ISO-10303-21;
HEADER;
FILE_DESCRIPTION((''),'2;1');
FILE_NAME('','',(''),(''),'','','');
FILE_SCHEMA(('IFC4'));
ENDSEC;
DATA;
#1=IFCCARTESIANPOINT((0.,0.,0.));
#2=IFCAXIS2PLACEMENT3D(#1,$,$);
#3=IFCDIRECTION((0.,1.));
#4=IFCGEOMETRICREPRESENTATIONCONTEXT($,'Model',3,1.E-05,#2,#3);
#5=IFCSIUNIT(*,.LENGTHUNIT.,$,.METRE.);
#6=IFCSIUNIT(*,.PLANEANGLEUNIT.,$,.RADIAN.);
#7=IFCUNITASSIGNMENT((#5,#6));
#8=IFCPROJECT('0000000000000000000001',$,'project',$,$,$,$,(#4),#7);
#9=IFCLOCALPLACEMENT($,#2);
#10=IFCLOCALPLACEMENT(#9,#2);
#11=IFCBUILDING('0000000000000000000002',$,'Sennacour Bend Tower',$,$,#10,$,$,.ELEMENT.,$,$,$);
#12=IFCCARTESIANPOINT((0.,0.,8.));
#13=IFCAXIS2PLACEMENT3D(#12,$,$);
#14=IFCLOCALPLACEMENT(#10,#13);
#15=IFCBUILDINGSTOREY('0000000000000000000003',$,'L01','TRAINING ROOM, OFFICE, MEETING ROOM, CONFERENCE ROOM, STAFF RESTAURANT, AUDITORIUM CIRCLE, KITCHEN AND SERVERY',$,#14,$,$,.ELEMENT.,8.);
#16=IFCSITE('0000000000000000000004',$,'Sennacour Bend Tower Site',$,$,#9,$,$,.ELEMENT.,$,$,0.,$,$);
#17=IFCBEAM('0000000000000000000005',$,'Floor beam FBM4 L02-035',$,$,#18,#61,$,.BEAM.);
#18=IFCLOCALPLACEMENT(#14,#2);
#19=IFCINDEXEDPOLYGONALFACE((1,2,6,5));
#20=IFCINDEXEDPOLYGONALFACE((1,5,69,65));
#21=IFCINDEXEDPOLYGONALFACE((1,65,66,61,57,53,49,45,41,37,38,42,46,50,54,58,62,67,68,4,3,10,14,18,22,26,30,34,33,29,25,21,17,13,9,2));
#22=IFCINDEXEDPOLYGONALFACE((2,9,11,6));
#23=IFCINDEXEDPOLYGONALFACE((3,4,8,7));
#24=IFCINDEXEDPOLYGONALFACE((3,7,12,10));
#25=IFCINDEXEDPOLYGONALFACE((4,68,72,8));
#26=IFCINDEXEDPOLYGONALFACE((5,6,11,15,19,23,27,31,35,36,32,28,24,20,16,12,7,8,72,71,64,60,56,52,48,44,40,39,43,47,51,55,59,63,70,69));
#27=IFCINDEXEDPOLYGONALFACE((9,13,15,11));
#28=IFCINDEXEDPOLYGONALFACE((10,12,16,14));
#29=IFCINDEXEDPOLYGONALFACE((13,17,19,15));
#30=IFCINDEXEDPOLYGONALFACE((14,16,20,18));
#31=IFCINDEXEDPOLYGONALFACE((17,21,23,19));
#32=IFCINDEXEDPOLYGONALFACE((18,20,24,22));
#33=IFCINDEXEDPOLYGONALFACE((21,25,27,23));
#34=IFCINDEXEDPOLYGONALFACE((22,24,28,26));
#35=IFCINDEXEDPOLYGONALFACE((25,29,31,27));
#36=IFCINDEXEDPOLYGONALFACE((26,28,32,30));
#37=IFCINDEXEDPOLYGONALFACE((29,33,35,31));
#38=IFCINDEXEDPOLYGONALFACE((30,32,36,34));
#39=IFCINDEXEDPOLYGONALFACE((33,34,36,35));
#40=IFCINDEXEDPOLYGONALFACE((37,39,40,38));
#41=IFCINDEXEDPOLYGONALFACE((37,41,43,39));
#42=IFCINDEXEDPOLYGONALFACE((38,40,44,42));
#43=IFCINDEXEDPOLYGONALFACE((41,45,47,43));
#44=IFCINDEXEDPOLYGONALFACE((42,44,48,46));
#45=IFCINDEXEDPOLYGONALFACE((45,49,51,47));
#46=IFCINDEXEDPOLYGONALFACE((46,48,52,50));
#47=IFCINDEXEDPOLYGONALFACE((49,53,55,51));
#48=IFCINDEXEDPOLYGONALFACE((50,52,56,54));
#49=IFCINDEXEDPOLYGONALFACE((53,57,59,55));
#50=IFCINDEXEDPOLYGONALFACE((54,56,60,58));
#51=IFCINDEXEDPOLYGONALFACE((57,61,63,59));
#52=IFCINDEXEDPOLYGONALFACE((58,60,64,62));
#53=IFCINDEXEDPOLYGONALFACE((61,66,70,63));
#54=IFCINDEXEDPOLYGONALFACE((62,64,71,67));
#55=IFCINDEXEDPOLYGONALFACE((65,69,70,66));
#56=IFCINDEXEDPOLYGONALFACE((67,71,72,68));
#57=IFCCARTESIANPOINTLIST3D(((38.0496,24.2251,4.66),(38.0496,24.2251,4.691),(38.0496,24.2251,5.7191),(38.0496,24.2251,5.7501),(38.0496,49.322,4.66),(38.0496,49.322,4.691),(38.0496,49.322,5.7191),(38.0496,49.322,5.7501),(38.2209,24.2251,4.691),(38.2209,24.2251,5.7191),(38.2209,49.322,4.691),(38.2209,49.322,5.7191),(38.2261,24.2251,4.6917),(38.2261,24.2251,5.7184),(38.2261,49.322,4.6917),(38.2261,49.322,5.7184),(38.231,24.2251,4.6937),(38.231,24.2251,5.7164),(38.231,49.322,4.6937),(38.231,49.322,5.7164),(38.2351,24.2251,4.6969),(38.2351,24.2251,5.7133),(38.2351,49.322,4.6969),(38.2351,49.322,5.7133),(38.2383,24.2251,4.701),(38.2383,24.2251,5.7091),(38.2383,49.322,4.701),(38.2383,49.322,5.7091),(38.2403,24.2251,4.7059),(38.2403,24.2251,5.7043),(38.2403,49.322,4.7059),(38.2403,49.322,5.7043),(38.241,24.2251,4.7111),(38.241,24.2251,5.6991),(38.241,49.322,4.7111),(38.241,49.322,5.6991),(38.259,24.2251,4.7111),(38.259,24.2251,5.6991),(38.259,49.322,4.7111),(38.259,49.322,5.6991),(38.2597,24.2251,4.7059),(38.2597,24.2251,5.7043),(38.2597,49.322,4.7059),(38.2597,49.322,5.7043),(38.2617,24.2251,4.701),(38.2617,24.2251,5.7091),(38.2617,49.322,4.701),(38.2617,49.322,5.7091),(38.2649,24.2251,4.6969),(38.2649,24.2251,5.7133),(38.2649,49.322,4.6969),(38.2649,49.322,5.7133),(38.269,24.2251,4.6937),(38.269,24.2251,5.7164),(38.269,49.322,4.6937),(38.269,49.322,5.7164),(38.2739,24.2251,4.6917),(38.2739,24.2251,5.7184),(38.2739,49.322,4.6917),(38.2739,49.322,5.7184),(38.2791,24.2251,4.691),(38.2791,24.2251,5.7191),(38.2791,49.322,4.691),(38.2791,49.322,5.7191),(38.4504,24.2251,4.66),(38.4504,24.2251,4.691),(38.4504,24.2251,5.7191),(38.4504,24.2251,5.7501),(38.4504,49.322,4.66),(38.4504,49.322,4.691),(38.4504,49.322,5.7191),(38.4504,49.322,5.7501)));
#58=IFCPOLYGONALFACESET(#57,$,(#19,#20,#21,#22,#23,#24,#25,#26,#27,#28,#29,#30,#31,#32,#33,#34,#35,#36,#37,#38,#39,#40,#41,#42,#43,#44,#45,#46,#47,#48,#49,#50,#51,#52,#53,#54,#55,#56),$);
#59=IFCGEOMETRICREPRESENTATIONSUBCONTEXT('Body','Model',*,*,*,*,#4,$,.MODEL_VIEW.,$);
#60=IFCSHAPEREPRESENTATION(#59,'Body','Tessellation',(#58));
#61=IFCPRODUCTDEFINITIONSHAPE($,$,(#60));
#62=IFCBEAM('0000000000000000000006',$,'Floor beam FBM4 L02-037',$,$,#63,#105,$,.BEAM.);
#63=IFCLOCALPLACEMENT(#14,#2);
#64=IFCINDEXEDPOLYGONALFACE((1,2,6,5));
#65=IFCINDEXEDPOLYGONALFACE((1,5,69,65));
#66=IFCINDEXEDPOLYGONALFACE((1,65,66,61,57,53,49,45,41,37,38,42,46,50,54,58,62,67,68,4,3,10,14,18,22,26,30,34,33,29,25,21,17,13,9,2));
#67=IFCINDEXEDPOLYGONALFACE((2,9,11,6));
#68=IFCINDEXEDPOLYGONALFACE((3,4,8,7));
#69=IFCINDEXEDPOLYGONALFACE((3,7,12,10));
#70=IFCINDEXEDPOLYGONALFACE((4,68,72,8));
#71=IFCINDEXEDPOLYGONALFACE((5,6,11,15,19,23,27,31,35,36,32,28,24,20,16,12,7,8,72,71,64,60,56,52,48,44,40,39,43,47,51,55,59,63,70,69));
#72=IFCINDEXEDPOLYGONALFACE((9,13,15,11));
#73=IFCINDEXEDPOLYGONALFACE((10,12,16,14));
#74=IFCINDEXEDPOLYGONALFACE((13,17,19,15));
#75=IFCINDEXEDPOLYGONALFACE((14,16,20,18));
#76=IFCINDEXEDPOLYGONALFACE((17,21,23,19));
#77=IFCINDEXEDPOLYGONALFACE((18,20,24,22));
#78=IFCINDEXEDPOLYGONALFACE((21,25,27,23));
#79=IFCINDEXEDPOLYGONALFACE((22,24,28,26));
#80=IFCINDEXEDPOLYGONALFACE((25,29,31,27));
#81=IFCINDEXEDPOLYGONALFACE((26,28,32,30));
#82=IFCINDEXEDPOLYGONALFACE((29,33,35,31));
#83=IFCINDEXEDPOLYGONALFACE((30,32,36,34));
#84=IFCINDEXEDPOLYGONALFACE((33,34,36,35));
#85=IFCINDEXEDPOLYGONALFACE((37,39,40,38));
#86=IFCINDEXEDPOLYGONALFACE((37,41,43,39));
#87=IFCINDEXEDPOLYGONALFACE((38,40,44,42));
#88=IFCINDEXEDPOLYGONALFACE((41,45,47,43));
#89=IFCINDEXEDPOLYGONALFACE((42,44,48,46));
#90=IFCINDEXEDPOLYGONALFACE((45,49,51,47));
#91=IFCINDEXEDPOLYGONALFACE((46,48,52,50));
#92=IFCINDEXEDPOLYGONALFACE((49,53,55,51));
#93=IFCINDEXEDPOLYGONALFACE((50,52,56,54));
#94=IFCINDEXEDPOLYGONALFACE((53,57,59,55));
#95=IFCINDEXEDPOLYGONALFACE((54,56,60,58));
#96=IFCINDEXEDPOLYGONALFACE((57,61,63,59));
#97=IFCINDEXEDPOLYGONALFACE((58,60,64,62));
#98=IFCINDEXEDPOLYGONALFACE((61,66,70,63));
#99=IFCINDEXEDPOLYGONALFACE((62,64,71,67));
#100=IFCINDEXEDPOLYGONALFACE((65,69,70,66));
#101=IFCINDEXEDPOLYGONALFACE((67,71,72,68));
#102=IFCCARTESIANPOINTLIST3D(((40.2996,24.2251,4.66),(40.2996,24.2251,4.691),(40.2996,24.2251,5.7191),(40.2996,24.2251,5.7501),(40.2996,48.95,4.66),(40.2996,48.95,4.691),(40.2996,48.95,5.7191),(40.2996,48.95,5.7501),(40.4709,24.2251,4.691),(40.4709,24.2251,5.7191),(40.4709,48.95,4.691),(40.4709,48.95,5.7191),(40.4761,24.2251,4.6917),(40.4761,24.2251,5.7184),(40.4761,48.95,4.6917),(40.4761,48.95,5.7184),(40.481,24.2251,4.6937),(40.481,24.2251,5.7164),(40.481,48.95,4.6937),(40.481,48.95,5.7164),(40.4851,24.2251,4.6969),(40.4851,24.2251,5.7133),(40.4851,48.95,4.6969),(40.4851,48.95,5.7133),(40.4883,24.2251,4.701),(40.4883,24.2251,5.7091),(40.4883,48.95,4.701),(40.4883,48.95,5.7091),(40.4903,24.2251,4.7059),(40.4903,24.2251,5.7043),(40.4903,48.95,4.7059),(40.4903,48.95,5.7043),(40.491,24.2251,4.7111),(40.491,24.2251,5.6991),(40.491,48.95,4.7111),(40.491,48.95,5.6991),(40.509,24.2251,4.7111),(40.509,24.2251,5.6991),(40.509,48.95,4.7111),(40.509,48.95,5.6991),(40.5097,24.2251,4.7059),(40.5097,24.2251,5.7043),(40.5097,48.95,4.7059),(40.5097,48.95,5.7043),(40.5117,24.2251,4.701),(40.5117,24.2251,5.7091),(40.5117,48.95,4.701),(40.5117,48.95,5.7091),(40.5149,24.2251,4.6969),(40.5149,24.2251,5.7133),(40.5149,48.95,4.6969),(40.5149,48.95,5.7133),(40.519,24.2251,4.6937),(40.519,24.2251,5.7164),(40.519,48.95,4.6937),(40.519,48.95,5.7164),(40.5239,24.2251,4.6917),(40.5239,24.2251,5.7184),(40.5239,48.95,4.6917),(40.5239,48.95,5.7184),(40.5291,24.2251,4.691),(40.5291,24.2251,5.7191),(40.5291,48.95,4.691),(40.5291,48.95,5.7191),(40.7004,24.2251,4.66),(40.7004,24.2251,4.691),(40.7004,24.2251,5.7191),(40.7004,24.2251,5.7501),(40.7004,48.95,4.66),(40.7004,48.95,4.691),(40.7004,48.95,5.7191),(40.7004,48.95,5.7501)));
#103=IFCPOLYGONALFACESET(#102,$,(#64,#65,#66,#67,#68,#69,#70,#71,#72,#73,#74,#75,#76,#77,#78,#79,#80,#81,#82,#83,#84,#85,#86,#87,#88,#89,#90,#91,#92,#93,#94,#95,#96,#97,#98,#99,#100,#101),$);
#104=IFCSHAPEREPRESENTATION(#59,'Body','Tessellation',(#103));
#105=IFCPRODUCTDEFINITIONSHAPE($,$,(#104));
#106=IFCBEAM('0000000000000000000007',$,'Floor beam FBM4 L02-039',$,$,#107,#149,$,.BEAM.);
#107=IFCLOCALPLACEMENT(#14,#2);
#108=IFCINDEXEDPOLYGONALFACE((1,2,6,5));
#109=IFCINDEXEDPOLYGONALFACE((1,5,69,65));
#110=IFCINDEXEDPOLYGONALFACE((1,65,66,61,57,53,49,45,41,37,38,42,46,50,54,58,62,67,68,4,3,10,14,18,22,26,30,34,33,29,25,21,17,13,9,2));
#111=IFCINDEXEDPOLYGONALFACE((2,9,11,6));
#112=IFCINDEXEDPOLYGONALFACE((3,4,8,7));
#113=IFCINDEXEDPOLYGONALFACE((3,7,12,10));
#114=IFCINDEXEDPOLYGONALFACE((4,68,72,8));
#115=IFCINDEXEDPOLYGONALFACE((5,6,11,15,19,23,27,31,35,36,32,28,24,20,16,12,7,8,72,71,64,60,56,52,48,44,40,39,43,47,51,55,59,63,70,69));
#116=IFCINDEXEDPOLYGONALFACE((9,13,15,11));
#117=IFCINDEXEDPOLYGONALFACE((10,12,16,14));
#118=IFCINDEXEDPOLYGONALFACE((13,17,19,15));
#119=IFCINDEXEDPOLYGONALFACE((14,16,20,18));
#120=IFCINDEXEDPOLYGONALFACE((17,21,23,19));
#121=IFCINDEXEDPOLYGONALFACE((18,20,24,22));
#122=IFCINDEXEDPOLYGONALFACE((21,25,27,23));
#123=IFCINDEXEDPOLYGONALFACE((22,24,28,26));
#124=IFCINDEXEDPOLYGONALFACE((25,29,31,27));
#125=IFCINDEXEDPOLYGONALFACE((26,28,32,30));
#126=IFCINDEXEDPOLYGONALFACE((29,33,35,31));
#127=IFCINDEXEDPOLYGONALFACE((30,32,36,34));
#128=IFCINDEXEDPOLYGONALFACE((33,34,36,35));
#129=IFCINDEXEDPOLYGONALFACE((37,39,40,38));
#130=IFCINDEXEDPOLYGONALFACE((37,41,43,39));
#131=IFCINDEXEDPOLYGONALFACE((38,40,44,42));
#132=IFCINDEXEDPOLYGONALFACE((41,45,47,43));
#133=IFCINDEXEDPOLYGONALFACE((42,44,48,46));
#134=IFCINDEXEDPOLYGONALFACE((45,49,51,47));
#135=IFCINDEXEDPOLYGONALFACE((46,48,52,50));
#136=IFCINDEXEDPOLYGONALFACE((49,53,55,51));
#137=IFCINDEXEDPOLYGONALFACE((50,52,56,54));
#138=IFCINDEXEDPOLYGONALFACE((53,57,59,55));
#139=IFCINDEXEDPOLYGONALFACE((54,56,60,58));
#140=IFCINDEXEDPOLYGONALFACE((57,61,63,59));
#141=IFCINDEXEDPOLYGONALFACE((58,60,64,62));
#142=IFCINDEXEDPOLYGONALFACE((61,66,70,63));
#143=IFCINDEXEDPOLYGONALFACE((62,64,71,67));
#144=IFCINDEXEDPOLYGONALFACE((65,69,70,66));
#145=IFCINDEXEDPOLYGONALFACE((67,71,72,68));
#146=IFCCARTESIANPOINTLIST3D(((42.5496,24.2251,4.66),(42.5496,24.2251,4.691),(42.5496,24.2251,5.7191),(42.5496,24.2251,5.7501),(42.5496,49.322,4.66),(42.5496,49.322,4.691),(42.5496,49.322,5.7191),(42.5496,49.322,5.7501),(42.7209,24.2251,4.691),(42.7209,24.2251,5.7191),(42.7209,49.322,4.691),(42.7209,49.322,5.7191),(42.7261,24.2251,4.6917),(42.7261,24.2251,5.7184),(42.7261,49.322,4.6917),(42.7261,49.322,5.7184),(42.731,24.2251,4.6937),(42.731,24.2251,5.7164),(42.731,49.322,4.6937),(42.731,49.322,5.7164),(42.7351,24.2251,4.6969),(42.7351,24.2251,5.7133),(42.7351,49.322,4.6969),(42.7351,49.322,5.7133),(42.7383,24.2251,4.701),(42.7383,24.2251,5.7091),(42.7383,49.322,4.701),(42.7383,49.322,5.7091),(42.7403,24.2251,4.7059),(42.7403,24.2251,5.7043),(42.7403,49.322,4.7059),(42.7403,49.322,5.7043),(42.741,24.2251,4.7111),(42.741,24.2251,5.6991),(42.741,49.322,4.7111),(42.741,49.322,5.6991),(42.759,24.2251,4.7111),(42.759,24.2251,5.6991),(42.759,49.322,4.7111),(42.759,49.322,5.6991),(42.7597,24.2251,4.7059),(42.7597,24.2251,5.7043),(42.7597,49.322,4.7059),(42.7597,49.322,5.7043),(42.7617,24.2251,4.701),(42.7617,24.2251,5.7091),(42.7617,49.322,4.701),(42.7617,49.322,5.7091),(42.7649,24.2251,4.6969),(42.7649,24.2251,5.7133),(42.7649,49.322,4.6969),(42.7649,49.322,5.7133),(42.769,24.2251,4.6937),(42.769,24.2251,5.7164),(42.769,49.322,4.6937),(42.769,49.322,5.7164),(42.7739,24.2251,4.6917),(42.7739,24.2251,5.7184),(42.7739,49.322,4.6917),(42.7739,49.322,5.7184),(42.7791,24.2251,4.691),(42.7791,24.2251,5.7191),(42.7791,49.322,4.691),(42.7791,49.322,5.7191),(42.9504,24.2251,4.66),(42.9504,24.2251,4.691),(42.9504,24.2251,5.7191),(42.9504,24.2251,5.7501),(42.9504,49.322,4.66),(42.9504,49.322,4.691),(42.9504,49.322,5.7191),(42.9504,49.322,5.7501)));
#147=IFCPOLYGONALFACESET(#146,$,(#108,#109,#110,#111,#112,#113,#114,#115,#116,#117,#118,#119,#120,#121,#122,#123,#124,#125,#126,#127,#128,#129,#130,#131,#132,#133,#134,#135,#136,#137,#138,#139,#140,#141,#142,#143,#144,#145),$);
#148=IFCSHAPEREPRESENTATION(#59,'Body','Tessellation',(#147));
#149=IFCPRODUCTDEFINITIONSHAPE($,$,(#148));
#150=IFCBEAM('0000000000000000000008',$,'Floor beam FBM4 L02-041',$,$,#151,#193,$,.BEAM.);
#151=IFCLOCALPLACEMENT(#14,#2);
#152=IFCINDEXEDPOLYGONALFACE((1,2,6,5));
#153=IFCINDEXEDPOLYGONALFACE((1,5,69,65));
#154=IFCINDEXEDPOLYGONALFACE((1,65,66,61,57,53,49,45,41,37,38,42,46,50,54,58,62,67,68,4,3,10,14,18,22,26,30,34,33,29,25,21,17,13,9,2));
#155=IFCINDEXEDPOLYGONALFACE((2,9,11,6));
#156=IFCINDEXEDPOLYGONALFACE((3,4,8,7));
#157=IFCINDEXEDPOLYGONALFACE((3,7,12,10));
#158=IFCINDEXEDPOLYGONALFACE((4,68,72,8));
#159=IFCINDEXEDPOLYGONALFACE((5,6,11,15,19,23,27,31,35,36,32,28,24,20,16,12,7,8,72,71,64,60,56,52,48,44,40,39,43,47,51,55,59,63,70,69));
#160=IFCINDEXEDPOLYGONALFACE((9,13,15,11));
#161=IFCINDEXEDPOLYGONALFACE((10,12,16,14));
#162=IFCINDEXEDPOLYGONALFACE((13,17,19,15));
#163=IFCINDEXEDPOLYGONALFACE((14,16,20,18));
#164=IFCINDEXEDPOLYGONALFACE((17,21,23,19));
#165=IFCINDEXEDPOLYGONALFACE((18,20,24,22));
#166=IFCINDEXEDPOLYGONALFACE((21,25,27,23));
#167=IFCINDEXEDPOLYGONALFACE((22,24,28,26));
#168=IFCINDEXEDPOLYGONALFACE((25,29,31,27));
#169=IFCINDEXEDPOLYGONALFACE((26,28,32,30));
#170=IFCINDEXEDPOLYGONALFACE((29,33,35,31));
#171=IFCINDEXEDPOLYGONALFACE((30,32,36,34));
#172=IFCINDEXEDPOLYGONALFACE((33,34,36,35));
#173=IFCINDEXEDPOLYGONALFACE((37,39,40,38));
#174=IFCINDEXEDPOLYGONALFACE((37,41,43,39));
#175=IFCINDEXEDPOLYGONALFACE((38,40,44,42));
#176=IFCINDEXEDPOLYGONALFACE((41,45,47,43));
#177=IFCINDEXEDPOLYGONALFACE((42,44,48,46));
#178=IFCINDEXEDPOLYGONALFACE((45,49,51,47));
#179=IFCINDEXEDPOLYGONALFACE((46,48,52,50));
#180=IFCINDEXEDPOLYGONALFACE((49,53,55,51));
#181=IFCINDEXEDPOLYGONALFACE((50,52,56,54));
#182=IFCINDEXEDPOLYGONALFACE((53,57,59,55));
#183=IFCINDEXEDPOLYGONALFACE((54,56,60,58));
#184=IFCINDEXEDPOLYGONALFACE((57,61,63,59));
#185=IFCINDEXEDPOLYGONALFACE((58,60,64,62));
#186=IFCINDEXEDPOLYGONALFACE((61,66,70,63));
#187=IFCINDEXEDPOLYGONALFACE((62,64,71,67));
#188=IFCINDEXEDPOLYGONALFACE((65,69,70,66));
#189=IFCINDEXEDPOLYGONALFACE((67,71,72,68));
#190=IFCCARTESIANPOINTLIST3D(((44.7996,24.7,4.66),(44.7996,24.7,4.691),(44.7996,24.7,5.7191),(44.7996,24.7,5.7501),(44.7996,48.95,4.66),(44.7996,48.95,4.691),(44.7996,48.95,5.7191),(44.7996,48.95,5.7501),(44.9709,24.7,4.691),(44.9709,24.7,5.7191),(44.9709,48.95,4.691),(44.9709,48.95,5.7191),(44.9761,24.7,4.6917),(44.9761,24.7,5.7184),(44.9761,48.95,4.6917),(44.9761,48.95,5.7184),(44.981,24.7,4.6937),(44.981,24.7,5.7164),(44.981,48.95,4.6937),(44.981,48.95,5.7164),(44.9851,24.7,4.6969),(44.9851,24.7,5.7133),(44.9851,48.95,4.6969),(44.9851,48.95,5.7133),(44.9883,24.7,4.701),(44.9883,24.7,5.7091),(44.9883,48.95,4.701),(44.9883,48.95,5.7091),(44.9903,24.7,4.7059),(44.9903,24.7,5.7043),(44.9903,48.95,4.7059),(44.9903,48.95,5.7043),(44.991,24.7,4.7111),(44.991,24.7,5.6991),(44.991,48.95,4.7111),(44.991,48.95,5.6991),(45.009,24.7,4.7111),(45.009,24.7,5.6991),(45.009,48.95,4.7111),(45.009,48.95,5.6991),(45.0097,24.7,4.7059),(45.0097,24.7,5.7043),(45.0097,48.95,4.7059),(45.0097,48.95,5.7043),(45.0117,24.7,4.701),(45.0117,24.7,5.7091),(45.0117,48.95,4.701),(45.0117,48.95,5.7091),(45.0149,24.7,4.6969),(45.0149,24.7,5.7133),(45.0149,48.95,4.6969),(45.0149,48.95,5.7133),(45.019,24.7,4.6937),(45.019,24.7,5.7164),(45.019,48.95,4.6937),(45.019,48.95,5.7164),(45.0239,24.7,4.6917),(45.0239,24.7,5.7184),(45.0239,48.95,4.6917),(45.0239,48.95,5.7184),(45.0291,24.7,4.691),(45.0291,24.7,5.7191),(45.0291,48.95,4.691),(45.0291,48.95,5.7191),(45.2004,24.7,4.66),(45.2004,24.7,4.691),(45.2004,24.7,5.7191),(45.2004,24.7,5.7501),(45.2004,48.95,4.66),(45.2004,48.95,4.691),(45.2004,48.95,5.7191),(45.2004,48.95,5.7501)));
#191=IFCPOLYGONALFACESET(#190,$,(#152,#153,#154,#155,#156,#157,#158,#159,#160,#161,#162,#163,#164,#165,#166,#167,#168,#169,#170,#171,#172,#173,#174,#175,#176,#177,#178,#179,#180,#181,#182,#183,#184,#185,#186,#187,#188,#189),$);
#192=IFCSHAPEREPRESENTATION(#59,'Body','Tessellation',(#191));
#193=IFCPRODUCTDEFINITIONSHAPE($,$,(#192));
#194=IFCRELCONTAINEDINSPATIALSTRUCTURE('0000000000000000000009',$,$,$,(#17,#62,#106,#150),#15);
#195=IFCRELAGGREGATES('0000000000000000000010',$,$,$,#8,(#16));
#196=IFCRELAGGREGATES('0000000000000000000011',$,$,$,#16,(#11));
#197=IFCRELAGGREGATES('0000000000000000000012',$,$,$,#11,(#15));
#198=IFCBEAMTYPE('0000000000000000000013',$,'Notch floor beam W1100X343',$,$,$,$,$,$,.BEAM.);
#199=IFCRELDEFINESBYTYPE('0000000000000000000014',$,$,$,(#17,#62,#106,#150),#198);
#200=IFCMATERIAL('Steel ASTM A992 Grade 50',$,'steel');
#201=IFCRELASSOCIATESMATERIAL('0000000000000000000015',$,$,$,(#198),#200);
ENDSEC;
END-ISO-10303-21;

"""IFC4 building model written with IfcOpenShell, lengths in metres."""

from ifc_helpers import new_model, si_unit, direction, frame, origin, origin_2d, place, context, subcontext, project, spatial, i_section, extrude, material, material_profile, profile_set, type_object, element, save


model = new_model("IFC4")

# Units and contexts
model_context = context("Model", 3, precision=1e-05, world=origin(), true_north=direction((0.0, 1.0)))
body_context = subcontext(model_context, "Body", "Model", "MODEL_VIEW")
ifc_project = project(units=[si_unit("LENGTHUNIT", "METRE"), si_unit("PLANEANGLEUNIT", "RADIAN")], contexts=[model_context])

# Site, building, storey
site_placement = place(None, origin())
site = spatial("IfcSite", under=ifc_project, at=site_placement, Name="Sennacour Bend Tower Site", CompositionType="ELEMENT", RefElevation=0.0)
building_placement = place(site_placement, origin())
building = spatial("IfcBuilding", under=site, at=building_placement, Name="Sennacour Bend Tower", CompositionType="ELEMENT")
storey_placement = place(building_placement, frame((0.0, 0.0, 8.0)))
storey = spatial("IfcBuildingStorey", under=building, at=storey_placement, Name="L01", Description="TRAINING ROOM, OFFICE, MEETING ROOM, CONFERENCE ROOM, STAFF RESTAURANT, AUDITORIUM CIRCLE, KITCHEN AND SERVERY", CompositionType="ELEMENT", Elevation=8.0)

# Beams
ifc_material_1 = material(Name="Steel ASTM A992 Grade 50", Category="steel")
ifc_material_profile_1 = material_profile(ifc_material_1, i_section(OverallWidth=0.4009, OverallDepth=1.0901, WebThickness=0.0181, FlangeThickness=0.031, FilletRadius=0.02, at=origin_2d()), Name="Steel ASTM A992 Grade 50", Category="steel")
ifc_profile_set_1 = profile_set([ifc_material_profile_1], Name="Steel ASTM A992 Grade 50")
beam_type_1 = type_object("IfcBeamType", Name="Notch floor beam W1100X343", PredefinedType="BEAM", material=ifc_profile_set_1)
beam_1_placement = place(storey_placement, frame((38.25, 24.2251, 5.2051), z_axis=(0.0, 1.0, 0.0), x_axis=(-1.0, 0.0, 0.0)))
element("IfcBeam", 1, at=beam_1_placement, inside=storey, type_object=beam_type_1, Name="Floor beam FBM4 L02-035", PredefinedType="BEAM", context=body_context, shape_type="SweptSolid", body=[
    extrude(i_section(OverallWidth=0.4009, OverallDepth=1.0901, WebThickness=0.0181, FlangeThickness=0.031, FilletRadius=0.02, at=origin_2d()), origin(), (0.0, 0.0, 1.0), 25.0969),
])
beam_2_placement = place(storey_placement, frame((40.5, 24.2251, 5.2051), z_axis=(0.0, 1.0, 0.0), x_axis=(-1.0, 0.0, 0.0)))
element("IfcBeam", 2, at=beam_2_placement, inside=storey, type_object=beam_type_1, Name="Floor beam FBM4 L02-037", PredefinedType="BEAM", context=body_context, shape_type="SweptSolid", body=[
    extrude(i_section(OverallWidth=0.4009, OverallDepth=1.0901, WebThickness=0.0181, FlangeThickness=0.031, FilletRadius=0.02, at=origin_2d()), origin(), (0.0, 0.0, 1.0), 24.7249),
])
beam_3_placement = place(storey_placement, frame((42.75, 24.2251, 5.2051), z_axis=(0.0, 1.0, 0.0), x_axis=(-1.0, 0.0, 0.0)))
element("IfcBeam", 3, at=beam_3_placement, inside=storey, type_object=beam_type_1, Name="Floor beam FBM4 L02-039", PredefinedType="BEAM", context=body_context, shape_type="SweptSolid", body=[
    extrude(i_section(OverallWidth=0.4009, OverallDepth=1.0901, WebThickness=0.0181, FlangeThickness=0.031, FilletRadius=0.02, at=origin_2d()), origin(), (0.0, 0.0, 1.0), 25.0969),
])
beam_4_placement = place(storey_placement, frame((45.0, 24.7, 5.2051), z_axis=(0.0, 1.0, 0.0), x_axis=(-1.0, 0.0, 0.0)))
element("IfcBeam", 4, at=beam_4_placement, inside=storey, type_object=beam_type_1, Name="Floor beam FBM4 L02-041", PredefinedType="BEAM", context=body_context, shape_type="SweptSolid", body=[
    extrude(i_section(OverallWidth=0.4009, OverallDepth=1.0901, WebThickness=0.0181, FlangeThickness=0.031, FilletRadius=0.02, at=origin_2d()), origin(), (0.0, 0.0, 1.0), 24.25),
])

save(model, "model.ifc")
